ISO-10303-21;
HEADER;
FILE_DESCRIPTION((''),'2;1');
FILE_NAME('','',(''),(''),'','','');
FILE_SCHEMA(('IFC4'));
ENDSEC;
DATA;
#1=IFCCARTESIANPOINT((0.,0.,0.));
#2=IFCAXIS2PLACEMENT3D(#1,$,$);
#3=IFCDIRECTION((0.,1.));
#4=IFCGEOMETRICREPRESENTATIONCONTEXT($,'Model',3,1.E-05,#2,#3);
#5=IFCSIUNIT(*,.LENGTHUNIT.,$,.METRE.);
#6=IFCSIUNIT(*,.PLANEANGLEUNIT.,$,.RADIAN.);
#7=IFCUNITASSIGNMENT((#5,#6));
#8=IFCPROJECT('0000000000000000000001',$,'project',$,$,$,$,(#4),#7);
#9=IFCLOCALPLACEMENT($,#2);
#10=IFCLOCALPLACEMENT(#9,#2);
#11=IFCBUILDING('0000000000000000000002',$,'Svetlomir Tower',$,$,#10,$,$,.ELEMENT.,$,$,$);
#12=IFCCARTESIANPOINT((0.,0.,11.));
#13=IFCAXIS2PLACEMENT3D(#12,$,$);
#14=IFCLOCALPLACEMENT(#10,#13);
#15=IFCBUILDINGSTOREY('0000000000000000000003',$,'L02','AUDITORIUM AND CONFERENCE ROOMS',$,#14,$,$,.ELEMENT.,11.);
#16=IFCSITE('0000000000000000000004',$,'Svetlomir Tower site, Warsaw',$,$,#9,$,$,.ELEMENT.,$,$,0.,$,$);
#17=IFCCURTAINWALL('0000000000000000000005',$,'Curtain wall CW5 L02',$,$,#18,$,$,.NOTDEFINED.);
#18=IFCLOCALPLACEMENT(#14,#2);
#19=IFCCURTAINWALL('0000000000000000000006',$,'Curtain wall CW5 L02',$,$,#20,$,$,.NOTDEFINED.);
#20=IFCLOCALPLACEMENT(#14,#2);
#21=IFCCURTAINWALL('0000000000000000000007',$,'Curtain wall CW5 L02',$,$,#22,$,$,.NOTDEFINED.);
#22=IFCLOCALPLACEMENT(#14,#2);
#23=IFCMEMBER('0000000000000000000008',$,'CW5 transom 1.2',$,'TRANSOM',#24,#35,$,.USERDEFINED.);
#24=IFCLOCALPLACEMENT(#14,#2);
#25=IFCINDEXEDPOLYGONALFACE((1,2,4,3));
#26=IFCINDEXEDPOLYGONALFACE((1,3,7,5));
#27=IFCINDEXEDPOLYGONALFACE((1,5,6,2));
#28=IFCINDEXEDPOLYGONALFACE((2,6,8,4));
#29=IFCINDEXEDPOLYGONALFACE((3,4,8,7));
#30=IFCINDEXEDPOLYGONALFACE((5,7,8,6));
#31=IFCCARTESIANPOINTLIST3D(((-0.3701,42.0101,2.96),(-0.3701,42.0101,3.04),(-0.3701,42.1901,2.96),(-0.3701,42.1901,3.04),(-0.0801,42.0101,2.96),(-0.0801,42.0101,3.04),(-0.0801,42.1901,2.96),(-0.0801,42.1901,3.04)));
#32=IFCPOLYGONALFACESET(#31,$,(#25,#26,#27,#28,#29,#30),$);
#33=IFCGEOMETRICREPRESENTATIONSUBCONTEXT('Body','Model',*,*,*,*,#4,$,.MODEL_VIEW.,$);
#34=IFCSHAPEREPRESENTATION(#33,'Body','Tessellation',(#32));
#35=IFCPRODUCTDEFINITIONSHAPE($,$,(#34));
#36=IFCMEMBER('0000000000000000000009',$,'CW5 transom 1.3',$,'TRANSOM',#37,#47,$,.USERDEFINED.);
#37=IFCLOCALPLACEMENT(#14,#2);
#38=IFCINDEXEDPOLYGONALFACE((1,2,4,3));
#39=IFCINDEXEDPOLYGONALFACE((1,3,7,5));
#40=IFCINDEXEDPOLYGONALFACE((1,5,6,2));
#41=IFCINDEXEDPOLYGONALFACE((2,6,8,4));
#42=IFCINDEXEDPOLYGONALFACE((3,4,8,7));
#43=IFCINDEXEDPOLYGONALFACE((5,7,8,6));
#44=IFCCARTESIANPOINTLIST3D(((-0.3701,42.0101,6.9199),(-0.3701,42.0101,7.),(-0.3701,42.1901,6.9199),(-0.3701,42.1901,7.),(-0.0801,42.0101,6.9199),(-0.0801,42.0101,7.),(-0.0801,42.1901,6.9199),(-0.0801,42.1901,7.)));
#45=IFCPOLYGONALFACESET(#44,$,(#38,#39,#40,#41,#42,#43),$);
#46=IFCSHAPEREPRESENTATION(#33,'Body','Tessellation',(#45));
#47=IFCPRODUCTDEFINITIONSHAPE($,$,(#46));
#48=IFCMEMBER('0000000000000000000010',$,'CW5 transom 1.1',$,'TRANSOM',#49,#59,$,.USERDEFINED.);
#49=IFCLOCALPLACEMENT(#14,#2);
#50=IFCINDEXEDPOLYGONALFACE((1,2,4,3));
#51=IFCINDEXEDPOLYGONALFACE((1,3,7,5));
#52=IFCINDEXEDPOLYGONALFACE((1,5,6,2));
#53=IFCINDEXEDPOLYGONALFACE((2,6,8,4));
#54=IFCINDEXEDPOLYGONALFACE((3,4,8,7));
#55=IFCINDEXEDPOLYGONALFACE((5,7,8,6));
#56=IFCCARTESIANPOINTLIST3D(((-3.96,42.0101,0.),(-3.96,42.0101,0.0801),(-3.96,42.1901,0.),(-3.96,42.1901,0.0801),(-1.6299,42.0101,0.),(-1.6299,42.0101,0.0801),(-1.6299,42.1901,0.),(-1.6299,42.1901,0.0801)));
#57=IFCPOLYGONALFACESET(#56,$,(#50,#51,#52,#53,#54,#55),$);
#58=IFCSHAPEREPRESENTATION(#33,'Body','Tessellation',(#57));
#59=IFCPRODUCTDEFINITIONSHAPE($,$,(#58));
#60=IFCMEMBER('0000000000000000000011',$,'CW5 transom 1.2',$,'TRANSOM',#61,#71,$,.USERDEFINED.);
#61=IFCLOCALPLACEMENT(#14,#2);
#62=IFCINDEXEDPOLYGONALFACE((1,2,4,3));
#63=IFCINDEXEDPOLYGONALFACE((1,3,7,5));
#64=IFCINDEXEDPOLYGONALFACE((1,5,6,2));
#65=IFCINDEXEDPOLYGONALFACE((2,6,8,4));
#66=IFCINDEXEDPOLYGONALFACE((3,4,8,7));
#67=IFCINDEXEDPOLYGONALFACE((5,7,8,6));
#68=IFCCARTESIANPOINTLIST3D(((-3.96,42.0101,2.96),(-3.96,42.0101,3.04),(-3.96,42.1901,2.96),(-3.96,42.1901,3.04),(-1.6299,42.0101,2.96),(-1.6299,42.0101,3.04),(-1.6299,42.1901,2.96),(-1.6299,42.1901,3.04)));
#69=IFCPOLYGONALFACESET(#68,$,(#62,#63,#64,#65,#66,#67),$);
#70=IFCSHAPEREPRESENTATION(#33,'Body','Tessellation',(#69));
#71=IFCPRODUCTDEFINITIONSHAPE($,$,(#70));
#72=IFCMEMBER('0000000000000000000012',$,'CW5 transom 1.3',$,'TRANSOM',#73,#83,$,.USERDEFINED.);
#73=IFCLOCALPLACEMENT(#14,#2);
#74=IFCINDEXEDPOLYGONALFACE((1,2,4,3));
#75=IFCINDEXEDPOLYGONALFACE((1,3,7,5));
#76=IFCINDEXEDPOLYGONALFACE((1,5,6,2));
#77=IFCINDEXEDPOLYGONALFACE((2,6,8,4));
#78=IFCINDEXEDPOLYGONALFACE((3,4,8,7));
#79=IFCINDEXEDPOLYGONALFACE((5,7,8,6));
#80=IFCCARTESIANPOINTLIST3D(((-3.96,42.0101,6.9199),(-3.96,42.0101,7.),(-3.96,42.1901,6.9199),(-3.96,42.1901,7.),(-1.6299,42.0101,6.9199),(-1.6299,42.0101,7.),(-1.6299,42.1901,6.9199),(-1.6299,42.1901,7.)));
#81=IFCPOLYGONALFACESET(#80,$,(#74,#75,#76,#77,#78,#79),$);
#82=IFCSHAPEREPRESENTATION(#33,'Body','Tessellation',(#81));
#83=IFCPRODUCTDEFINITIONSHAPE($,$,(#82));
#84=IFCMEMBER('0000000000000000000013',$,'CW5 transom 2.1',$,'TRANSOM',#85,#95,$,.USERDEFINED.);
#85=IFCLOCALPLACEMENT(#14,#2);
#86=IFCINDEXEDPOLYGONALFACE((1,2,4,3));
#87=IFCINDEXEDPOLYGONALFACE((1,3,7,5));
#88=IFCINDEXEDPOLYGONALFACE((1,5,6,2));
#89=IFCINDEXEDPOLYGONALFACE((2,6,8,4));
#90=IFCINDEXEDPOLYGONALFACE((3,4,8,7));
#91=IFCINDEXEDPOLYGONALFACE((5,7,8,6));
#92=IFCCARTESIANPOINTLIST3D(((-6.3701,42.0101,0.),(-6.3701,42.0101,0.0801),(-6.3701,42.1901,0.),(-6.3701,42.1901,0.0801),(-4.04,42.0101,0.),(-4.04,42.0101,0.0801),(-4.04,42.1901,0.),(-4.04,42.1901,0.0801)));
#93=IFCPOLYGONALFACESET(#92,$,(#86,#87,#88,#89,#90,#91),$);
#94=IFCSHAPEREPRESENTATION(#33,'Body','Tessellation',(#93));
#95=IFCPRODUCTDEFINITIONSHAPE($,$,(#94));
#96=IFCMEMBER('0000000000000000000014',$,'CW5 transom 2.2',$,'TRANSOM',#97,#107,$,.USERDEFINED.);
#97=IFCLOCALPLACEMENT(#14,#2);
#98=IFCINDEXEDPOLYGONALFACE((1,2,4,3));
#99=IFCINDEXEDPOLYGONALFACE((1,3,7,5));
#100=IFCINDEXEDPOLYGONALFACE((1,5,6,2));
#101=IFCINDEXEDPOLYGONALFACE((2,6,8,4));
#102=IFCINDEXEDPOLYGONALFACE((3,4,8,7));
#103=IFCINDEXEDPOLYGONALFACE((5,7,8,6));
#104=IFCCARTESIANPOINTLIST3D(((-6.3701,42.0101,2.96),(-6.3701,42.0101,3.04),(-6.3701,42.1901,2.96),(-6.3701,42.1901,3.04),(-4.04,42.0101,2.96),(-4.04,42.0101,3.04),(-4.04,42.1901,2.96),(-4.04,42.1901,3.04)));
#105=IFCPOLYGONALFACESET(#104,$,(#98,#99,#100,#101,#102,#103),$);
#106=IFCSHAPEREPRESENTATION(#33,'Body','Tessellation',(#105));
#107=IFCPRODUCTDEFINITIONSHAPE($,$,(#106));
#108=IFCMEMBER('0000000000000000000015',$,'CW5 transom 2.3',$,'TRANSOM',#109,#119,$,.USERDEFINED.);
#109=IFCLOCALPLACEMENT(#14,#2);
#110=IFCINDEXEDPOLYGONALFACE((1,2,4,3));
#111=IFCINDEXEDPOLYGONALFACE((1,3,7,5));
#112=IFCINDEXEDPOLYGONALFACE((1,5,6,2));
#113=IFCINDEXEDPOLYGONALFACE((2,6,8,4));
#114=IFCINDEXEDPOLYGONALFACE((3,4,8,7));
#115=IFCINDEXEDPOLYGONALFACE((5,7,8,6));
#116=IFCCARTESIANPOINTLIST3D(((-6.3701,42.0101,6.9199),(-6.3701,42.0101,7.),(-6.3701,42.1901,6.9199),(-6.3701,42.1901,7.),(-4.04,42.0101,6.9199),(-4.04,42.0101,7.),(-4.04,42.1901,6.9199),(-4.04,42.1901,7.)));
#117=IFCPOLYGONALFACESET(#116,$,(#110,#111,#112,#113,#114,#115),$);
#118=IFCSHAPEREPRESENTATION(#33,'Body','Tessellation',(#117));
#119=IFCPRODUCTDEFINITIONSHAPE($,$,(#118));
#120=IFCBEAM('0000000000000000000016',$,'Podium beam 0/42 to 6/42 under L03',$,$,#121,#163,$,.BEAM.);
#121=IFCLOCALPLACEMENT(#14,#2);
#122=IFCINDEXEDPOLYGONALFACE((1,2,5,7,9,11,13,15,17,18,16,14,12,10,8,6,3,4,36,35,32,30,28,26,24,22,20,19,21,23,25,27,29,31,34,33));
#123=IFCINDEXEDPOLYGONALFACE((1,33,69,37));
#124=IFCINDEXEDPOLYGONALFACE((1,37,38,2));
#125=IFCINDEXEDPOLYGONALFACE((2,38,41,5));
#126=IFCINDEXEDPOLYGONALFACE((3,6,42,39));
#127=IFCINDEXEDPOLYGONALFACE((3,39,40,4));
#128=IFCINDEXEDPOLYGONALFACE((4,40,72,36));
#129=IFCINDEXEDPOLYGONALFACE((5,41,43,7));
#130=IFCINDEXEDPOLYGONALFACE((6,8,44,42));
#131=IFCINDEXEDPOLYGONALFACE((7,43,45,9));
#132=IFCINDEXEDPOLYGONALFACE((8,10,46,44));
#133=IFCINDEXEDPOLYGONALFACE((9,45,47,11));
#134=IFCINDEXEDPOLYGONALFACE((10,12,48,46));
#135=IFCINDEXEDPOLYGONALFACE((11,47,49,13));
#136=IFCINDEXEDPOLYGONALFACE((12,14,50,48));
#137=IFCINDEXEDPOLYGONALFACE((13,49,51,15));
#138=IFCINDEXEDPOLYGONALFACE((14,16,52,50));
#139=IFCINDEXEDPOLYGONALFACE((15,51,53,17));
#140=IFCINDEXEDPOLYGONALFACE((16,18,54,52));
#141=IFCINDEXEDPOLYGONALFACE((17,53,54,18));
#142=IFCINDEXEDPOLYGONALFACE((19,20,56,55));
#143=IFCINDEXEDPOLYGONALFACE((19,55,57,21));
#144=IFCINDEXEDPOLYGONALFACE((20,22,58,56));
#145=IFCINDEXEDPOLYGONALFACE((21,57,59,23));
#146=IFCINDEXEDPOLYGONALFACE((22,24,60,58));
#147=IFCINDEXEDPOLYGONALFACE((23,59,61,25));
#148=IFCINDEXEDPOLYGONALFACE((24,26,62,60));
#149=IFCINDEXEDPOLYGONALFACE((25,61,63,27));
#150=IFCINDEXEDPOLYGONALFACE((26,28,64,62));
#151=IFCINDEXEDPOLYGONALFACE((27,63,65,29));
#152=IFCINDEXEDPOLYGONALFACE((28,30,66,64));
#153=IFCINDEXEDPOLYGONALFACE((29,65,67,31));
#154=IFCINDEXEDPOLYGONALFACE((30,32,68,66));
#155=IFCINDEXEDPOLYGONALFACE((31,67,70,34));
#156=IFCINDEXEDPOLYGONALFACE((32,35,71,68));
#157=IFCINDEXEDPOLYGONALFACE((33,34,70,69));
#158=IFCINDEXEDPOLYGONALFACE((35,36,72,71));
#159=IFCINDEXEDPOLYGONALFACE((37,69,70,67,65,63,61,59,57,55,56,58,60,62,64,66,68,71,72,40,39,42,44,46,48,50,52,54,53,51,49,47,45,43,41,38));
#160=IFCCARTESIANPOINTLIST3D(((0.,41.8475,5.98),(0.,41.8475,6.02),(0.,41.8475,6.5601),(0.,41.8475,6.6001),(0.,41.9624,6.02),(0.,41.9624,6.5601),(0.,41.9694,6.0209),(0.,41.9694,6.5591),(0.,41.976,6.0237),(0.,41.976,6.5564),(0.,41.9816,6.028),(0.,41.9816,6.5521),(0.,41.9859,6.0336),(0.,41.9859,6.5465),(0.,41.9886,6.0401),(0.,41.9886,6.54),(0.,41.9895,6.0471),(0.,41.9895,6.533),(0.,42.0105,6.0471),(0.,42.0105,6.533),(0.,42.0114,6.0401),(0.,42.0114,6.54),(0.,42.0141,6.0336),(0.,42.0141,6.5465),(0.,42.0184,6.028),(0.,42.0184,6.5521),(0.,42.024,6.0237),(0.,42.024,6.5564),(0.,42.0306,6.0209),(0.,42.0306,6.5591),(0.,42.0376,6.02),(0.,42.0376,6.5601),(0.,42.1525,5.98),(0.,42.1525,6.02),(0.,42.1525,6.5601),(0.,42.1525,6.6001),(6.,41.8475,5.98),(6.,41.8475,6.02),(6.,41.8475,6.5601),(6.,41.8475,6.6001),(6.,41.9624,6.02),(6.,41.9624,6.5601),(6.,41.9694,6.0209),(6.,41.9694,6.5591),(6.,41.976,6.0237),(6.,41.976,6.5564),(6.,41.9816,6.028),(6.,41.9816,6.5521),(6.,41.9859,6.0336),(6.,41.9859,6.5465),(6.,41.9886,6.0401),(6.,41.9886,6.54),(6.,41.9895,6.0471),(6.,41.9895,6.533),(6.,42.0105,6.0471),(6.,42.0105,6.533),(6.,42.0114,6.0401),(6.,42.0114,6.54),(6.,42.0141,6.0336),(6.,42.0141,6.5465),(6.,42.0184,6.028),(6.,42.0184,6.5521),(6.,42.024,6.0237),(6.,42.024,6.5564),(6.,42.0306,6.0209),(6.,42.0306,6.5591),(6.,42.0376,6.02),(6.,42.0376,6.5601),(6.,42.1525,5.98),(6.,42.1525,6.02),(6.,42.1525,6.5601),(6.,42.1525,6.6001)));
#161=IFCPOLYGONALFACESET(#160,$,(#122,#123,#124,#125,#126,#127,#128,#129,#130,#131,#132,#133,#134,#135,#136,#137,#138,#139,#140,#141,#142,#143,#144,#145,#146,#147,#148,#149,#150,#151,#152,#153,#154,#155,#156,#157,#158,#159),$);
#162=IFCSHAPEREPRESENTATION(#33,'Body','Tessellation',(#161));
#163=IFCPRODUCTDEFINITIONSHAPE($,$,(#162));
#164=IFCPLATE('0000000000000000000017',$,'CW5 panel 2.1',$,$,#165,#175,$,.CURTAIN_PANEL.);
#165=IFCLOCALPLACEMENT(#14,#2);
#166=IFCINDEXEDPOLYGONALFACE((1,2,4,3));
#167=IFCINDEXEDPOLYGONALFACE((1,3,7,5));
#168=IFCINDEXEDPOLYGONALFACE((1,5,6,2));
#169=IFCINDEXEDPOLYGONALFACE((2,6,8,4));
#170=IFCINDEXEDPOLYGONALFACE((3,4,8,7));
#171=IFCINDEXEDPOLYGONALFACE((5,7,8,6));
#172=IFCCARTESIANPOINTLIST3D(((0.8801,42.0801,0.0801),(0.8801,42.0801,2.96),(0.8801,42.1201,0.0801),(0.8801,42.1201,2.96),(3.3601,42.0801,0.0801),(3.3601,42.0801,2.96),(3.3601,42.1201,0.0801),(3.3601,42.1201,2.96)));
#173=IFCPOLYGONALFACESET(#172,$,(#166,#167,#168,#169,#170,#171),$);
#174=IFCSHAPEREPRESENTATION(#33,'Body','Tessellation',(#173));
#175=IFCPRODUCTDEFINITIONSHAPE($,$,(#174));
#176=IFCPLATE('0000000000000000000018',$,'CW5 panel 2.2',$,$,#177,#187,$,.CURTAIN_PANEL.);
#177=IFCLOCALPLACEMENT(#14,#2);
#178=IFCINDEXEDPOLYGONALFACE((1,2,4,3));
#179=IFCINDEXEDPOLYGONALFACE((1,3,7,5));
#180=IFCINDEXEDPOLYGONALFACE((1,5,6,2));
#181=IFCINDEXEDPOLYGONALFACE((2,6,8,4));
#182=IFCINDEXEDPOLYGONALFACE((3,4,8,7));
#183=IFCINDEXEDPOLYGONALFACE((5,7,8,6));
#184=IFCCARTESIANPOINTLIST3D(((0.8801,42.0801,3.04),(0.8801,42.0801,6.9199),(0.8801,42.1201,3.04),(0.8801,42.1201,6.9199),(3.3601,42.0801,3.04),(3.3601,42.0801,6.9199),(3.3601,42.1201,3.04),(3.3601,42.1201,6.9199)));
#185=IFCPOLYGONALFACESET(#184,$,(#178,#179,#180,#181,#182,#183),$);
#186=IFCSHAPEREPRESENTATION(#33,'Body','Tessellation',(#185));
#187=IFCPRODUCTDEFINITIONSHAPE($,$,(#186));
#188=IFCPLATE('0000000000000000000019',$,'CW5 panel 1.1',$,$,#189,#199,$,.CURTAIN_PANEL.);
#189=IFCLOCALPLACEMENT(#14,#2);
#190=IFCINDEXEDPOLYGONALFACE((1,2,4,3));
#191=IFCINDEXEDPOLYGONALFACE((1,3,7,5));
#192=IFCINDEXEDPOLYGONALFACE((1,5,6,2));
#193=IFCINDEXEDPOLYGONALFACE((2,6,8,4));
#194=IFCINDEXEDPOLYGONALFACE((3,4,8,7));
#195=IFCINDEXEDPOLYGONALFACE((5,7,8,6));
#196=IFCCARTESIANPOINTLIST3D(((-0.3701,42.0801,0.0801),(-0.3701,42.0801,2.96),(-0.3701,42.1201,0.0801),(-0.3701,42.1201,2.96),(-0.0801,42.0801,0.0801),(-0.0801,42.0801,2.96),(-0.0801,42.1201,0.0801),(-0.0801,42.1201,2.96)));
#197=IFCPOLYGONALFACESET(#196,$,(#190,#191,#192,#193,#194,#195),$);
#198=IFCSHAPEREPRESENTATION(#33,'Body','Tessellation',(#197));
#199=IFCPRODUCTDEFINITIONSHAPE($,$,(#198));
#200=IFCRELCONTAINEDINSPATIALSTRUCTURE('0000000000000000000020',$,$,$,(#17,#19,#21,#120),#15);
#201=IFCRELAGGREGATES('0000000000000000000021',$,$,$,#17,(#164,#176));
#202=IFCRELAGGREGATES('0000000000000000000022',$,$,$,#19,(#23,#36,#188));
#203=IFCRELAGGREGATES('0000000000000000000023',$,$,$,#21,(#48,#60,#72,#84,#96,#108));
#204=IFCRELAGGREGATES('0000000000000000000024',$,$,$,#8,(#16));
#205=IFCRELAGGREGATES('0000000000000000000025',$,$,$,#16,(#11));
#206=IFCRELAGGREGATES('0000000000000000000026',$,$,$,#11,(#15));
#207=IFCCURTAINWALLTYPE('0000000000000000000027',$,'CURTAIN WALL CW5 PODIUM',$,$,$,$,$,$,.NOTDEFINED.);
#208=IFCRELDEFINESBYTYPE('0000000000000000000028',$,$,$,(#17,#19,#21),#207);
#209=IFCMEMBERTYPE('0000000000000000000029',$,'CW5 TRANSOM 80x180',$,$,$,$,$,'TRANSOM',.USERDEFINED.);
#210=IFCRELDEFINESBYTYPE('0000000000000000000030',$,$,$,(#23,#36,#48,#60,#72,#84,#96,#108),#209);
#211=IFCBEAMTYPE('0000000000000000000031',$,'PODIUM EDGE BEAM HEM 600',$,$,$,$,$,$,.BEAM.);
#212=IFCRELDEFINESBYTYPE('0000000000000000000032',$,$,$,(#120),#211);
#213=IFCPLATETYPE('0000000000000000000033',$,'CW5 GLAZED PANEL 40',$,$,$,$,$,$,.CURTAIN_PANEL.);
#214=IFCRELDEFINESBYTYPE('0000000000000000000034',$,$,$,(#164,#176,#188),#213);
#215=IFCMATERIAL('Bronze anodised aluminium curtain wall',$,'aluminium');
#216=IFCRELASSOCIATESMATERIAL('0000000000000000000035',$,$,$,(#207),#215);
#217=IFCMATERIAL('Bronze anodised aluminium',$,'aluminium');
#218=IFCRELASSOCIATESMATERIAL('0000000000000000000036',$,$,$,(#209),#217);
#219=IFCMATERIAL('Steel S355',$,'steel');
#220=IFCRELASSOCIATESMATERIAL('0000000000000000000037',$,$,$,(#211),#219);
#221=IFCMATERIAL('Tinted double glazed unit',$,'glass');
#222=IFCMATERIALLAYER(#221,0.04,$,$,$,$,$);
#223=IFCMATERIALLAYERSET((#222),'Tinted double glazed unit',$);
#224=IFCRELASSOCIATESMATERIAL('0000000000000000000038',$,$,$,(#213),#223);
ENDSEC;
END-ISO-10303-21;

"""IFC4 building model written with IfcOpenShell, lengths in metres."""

from ifc_helpers import new_model, si_unit, direction, frame, origin, origin_2d, place, context, subcontext, project, spatial, rectangle, i_section, extrude, material, layer, layer_set, material_profile, profile_set, type_object, element, aggregate, save


model = new_model("IFC4")

# Units and contexts
model_context = context("Model", 3, precision=1e-05, world=origin(), true_north=direction((0.0, 1.0)))
body_context = subcontext(model_context, "Body", "Model", "MODEL_VIEW")
ifc_project = project(units=[si_unit("LENGTHUNIT", "METRE"), si_unit("PLANEANGLEUNIT", "RADIAN")], contexts=[model_context])

# Site, building, storey
site_placement = place(None, origin())
site = spatial("IfcSite", under=ifc_project, at=site_placement, Name="Svetlomir Tower site, Warsaw", CompositionType="ELEMENT", RefElevation=0.0)
building_placement = place(site_placement, origin())
building = spatial("IfcBuilding", under=site, at=building_placement, Name="Svetlomir Tower", CompositionType="ELEMENT")
storey_placement = place(building_placement, frame((0.0, 0.0, 11.0)))
storey = spatial("IfcBuildingStorey", under=building, at=storey_placement, Name="L02", Description="AUDITORIUM AND CONFERENCE ROOMS", CompositionType="ELEMENT", Elevation=11.0)

# Curtain wall
ifc_material_1 = material(Name="Bronze anodised aluminium curtain wall", Category="aluminium")
curtain_wall_type = type_object("IfcCurtainWallType", Name="CURTAIN WALL CW5 PODIUM", PredefinedType="NOTDEFINED", material=ifc_material_1)
curtain_wall_1_placement = place(storey_placement, origin())
curtain_wall_1 = element("IfcCurtainWall", 1, at=curtain_wall_1_placement, inside=storey, type_object=curtain_wall_type, Name="Curtain wall CW5 L02", PredefinedType="NOTDEFINED")

# Curtain walls
curtain_wall_2_placement = place(storey_placement, origin())
curtain_wall_2 = element("IfcCurtainWall", 2, at=curtain_wall_2_placement, inside=storey, type_object=curtain_wall_type, Name="Curtain wall CW5 L02", PredefinedType="NOTDEFINED")
curtain_wall_3_placement = place(storey_placement, origin())
curtain_wall_3 = element("IfcCurtainWall", 3, at=curtain_wall_3_placement, inside=storey, type_object=curtain_wall_type, Name="Curtain wall CW5 L02", PredefinedType="NOTDEFINED")

# Members
ifc_material_2 = material(Name="Bronze anodised aluminium", Category="aluminium")
ifc_material_profile_1 = material_profile(ifc_material_2, rectangle(XDim=0.1799, YDim=0.0801, at=origin_2d()), Name="AL 180x80")
ifc_profile_set_1 = profile_set([ifc_material_profile_1], Name="Bronze anodised aluminium 6063-T6")
member_type_1 = type_object("IfcMemberType", Name="CW5 TRANSOM 80x180", ElementType="TRANSOM", PredefinedType="USERDEFINED", material=ifc_profile_set_1)
member_1_placement = place(storey_placement, frame((-0.0801, 42.1001, 3.0), z_axis=(-1.0, 0.0, 0.0), x_axis=(0.0, -1.0, 0.0)))
member_1 = element("IfcMember", 4, at=member_1_placement, type_object=member_type_1, Name="CW5 transom 1.2", ObjectType="TRANSOM", PredefinedType="USERDEFINED", context=body_context, shape_type="SweptSolid", body=[
    extrude(rectangle(XDim=0.1799, YDim=0.0801, at=origin_2d()), origin(), (0.0, 0.0, 1.0), 0.29),
])
member_2_placement = place(storey_placement, frame((-0.0801, 42.1001, 6.96), z_axis=(-1.0, 0.0, 0.0), x_axis=(0.0, -1.0, 0.0)))
member_2 = element("IfcMember", 5, at=member_2_placement, type_object=member_type_1, Name="CW5 transom 1.3", ObjectType="TRANSOM", PredefinedType="USERDEFINED", context=body_context, shape_type="SweptSolid", body=[
    extrude(rectangle(XDim=0.1799, YDim=0.0801, at=origin_2d()), origin(), (0.0, 0.0, 1.0), 0.29),
])
member_3_placement = place(storey_placement, frame((-1.6299, 42.1001, 0.04), z_axis=(-1.0, 0.0, 0.0), x_axis=(0.0, -1.0, 0.0)))
member_3 = element("IfcMember", 6, at=member_3_placement, type_object=member_type_1, Name="CW5 transom 1.1", ObjectType="TRANSOM", PredefinedType="USERDEFINED", context=body_context, shape_type="SweptSolid", body=[
    extrude(rectangle(XDim=0.1799, YDim=0.0801, at=origin_2d()), origin(), (0.0, 0.0, 1.0), 2.3301),
])
member_4_placement = place(storey_placement, frame((-1.6299, 42.1001, 3.0), z_axis=(-1.0, 0.0, 0.0), x_axis=(0.0, -1.0, 0.0)))
member_4 = element("IfcMember", 7, at=member_4_placement, type_object=member_type_1, Name="CW5 transom 1.2", ObjectType="TRANSOM", PredefinedType="USERDEFINED", context=body_context, shape_type="SweptSolid", body=[
    extrude(rectangle(XDim=0.1799, YDim=0.0801, at=origin_2d()), origin(), (0.0, 0.0, 1.0), 2.3301),
])
member_5_placement = place(storey_placement, frame((-1.6299, 42.1001, 6.96), z_axis=(-1.0, 0.0, 0.0), x_axis=(0.0, -1.0, 0.0)))
member_5 = element("IfcMember", 8, at=member_5_placement, type_object=member_type_1, Name="CW5 transom 1.3", ObjectType="TRANSOM", PredefinedType="USERDEFINED", context=body_context, shape_type="SweptSolid", body=[
    extrude(rectangle(XDim=0.1799, YDim=0.0801, at=origin_2d()), origin(), (0.0, 0.0, 1.0), 2.3301),
])
member_6_placement = place(storey_placement, frame((-4.04, 42.1001, 0.04), z_axis=(-1.0, 0.0, 0.0), x_axis=(0.0, -1.0, 0.0)))
member_6 = element("IfcMember", 9, at=member_6_placement, type_object=member_type_1, Name="CW5 transom 2.1", ObjectType="TRANSOM", PredefinedType="USERDEFINED", context=body_context, shape_type="SweptSolid", body=[
    extrude(rectangle(XDim=0.1799, YDim=0.0801, at=origin_2d()), origin(), (0.0, 0.0, 1.0), 2.3301),
])
member_7_placement = place(storey_placement, frame((-4.04, 42.1001, 3.0), z_axis=(-1.0, 0.0, 0.0), x_axis=(0.0, -1.0, 0.0)))
member_7 = element("IfcMember", 10, at=member_7_placement, type_object=member_type_1, Name="CW5 transom 2.2", ObjectType="TRANSOM", PredefinedType="USERDEFINED", context=body_context, shape_type="SweptSolid", body=[
    extrude(rectangle(XDim=0.1799, YDim=0.0801, at=origin_2d()), origin(), (0.0, 0.0, 1.0), 2.3301),
])
member_8_placement = place(storey_placement, frame((-4.04, 42.1001, 6.96), z_axis=(-1.0, 0.0, 0.0), x_axis=(0.0, -1.0, 0.0)))
member_8 = element("IfcMember", 11, at=member_8_placement, type_object=member_type_1, Name="CW5 transom 2.3", ObjectType="TRANSOM", PredefinedType="USERDEFINED", context=body_context, shape_type="SweptSolid", body=[
    extrude(rectangle(XDim=0.1799, YDim=0.0801, at=origin_2d()), origin(), (0.0, 0.0, 1.0), 2.3301),
])

# Beam
ifc_material_3 = material(Name="Steel S355", Category="steel")
ifc_material_profile_2 = material_profile(ifc_material_3, i_section(OverallWidth=0.3049, OverallDepth=0.6201, WebThickness=0.021, FlangeThickness=0.04, FilletRadius=0.0271, at=origin_2d()), Name="HEM 600")
ifc_profile_set_2 = profile_set([ifc_material_profile_2], Name="Steel S355")
beam_type = type_object("IfcBeamType", Name="PODIUM EDGE BEAM HEM 600", PredefinedType="BEAM", material=ifc_profile_set_2)
beam_placement = place(storey_placement, frame((0.0, 42.0, 6.29), z_axis=(1.0, 0.0, 0.0), x_axis=(0.0, 1.0, 0.0)))
element("IfcBeam", 12, at=beam_placement, inside=storey, type_object=beam_type, Name="Podium beam 0/42 to 6/42 under L03", PredefinedType="BEAM", context=body_context, shape_type="SweptSolid", body=[
    extrude(i_section(OverallWidth=0.3049, OverallDepth=0.6201, WebThickness=0.021, FlangeThickness=0.04, FilletRadius=0.0271, at=origin_2d()), origin(), (0.0, 0.0, 1.0), 6.0),
])

# Plates
ifc_material_4 = material(Name="Tinted double glazed unit", Category="glass")
ifc_layer = layer(ifc_material_4, 0.04)
ifc_layer_set = layer_set([ifc_layer], Name="Tinted double glazed unit")
plate_type = type_object("IfcPlateType", Name="CW5 GLAZED PANEL 40", PredefinedType="CURTAIN_PANEL", material=ifc_layer_set)
plate_1_placement = place(storey_placement, frame((2.1201, 42.1001, 0.0801), z_axis=(0.0, 0.0, 1.0), x_axis=(-1.0, 0.0, 0.0)))
plate_1 = element("IfcPlate", 13, at=plate_1_placement, type_object=plate_type, Name="CW5 panel 2.1", PredefinedType="CURTAIN_PANEL", context=body_context, shape_type="SweptSolid", body=[
    extrude(rectangle(XDim=2.48, YDim=0.04, at=origin_2d()), origin(), (0.0, 0.0, 1.0), 2.8799),
])
plate_2_placement = place(storey_placement, frame((2.1201, 42.1001, 3.04), z_axis=(0.0, 0.0, 1.0), x_axis=(-1.0, 0.0, 0.0)))
plate_2 = element("IfcPlate", 14, at=plate_2_placement, type_object=plate_type, Name="CW5 panel 2.2", PredefinedType="CURTAIN_PANEL", context=body_context, shape_type="SweptSolid", body=[
    extrude(rectangle(XDim=2.48, YDim=0.04, at=origin_2d()), origin(), (0.0, 0.0, 1.0), 3.8799),
])
aggregate(curtain_wall_1, [plate_1, plate_2])
plate_3_placement = place(storey_placement, frame((-0.2251, 42.1001, 0.0801), z_axis=(0.0, 0.0, 1.0), x_axis=(-1.0, 0.0, 0.0)))
plate_3 = element("IfcPlate", 15, at=plate_3_placement, type_object=plate_type, Name="CW5 panel 1.1", PredefinedType="CURTAIN_PANEL", context=body_context, shape_type="SweptSolid", body=[
    extrude(rectangle(XDim=0.29, YDim=0.04, at=origin_2d()), origin(), (0.0, 0.0, 1.0), 2.8799),
])
aggregate(curtain_wall_2, [member_1, member_2, plate_3])
aggregate(curtain_wall_3, [member_3, member_4, member_5, member_6, member_7, member_8])

save(model, "model.ifc")
